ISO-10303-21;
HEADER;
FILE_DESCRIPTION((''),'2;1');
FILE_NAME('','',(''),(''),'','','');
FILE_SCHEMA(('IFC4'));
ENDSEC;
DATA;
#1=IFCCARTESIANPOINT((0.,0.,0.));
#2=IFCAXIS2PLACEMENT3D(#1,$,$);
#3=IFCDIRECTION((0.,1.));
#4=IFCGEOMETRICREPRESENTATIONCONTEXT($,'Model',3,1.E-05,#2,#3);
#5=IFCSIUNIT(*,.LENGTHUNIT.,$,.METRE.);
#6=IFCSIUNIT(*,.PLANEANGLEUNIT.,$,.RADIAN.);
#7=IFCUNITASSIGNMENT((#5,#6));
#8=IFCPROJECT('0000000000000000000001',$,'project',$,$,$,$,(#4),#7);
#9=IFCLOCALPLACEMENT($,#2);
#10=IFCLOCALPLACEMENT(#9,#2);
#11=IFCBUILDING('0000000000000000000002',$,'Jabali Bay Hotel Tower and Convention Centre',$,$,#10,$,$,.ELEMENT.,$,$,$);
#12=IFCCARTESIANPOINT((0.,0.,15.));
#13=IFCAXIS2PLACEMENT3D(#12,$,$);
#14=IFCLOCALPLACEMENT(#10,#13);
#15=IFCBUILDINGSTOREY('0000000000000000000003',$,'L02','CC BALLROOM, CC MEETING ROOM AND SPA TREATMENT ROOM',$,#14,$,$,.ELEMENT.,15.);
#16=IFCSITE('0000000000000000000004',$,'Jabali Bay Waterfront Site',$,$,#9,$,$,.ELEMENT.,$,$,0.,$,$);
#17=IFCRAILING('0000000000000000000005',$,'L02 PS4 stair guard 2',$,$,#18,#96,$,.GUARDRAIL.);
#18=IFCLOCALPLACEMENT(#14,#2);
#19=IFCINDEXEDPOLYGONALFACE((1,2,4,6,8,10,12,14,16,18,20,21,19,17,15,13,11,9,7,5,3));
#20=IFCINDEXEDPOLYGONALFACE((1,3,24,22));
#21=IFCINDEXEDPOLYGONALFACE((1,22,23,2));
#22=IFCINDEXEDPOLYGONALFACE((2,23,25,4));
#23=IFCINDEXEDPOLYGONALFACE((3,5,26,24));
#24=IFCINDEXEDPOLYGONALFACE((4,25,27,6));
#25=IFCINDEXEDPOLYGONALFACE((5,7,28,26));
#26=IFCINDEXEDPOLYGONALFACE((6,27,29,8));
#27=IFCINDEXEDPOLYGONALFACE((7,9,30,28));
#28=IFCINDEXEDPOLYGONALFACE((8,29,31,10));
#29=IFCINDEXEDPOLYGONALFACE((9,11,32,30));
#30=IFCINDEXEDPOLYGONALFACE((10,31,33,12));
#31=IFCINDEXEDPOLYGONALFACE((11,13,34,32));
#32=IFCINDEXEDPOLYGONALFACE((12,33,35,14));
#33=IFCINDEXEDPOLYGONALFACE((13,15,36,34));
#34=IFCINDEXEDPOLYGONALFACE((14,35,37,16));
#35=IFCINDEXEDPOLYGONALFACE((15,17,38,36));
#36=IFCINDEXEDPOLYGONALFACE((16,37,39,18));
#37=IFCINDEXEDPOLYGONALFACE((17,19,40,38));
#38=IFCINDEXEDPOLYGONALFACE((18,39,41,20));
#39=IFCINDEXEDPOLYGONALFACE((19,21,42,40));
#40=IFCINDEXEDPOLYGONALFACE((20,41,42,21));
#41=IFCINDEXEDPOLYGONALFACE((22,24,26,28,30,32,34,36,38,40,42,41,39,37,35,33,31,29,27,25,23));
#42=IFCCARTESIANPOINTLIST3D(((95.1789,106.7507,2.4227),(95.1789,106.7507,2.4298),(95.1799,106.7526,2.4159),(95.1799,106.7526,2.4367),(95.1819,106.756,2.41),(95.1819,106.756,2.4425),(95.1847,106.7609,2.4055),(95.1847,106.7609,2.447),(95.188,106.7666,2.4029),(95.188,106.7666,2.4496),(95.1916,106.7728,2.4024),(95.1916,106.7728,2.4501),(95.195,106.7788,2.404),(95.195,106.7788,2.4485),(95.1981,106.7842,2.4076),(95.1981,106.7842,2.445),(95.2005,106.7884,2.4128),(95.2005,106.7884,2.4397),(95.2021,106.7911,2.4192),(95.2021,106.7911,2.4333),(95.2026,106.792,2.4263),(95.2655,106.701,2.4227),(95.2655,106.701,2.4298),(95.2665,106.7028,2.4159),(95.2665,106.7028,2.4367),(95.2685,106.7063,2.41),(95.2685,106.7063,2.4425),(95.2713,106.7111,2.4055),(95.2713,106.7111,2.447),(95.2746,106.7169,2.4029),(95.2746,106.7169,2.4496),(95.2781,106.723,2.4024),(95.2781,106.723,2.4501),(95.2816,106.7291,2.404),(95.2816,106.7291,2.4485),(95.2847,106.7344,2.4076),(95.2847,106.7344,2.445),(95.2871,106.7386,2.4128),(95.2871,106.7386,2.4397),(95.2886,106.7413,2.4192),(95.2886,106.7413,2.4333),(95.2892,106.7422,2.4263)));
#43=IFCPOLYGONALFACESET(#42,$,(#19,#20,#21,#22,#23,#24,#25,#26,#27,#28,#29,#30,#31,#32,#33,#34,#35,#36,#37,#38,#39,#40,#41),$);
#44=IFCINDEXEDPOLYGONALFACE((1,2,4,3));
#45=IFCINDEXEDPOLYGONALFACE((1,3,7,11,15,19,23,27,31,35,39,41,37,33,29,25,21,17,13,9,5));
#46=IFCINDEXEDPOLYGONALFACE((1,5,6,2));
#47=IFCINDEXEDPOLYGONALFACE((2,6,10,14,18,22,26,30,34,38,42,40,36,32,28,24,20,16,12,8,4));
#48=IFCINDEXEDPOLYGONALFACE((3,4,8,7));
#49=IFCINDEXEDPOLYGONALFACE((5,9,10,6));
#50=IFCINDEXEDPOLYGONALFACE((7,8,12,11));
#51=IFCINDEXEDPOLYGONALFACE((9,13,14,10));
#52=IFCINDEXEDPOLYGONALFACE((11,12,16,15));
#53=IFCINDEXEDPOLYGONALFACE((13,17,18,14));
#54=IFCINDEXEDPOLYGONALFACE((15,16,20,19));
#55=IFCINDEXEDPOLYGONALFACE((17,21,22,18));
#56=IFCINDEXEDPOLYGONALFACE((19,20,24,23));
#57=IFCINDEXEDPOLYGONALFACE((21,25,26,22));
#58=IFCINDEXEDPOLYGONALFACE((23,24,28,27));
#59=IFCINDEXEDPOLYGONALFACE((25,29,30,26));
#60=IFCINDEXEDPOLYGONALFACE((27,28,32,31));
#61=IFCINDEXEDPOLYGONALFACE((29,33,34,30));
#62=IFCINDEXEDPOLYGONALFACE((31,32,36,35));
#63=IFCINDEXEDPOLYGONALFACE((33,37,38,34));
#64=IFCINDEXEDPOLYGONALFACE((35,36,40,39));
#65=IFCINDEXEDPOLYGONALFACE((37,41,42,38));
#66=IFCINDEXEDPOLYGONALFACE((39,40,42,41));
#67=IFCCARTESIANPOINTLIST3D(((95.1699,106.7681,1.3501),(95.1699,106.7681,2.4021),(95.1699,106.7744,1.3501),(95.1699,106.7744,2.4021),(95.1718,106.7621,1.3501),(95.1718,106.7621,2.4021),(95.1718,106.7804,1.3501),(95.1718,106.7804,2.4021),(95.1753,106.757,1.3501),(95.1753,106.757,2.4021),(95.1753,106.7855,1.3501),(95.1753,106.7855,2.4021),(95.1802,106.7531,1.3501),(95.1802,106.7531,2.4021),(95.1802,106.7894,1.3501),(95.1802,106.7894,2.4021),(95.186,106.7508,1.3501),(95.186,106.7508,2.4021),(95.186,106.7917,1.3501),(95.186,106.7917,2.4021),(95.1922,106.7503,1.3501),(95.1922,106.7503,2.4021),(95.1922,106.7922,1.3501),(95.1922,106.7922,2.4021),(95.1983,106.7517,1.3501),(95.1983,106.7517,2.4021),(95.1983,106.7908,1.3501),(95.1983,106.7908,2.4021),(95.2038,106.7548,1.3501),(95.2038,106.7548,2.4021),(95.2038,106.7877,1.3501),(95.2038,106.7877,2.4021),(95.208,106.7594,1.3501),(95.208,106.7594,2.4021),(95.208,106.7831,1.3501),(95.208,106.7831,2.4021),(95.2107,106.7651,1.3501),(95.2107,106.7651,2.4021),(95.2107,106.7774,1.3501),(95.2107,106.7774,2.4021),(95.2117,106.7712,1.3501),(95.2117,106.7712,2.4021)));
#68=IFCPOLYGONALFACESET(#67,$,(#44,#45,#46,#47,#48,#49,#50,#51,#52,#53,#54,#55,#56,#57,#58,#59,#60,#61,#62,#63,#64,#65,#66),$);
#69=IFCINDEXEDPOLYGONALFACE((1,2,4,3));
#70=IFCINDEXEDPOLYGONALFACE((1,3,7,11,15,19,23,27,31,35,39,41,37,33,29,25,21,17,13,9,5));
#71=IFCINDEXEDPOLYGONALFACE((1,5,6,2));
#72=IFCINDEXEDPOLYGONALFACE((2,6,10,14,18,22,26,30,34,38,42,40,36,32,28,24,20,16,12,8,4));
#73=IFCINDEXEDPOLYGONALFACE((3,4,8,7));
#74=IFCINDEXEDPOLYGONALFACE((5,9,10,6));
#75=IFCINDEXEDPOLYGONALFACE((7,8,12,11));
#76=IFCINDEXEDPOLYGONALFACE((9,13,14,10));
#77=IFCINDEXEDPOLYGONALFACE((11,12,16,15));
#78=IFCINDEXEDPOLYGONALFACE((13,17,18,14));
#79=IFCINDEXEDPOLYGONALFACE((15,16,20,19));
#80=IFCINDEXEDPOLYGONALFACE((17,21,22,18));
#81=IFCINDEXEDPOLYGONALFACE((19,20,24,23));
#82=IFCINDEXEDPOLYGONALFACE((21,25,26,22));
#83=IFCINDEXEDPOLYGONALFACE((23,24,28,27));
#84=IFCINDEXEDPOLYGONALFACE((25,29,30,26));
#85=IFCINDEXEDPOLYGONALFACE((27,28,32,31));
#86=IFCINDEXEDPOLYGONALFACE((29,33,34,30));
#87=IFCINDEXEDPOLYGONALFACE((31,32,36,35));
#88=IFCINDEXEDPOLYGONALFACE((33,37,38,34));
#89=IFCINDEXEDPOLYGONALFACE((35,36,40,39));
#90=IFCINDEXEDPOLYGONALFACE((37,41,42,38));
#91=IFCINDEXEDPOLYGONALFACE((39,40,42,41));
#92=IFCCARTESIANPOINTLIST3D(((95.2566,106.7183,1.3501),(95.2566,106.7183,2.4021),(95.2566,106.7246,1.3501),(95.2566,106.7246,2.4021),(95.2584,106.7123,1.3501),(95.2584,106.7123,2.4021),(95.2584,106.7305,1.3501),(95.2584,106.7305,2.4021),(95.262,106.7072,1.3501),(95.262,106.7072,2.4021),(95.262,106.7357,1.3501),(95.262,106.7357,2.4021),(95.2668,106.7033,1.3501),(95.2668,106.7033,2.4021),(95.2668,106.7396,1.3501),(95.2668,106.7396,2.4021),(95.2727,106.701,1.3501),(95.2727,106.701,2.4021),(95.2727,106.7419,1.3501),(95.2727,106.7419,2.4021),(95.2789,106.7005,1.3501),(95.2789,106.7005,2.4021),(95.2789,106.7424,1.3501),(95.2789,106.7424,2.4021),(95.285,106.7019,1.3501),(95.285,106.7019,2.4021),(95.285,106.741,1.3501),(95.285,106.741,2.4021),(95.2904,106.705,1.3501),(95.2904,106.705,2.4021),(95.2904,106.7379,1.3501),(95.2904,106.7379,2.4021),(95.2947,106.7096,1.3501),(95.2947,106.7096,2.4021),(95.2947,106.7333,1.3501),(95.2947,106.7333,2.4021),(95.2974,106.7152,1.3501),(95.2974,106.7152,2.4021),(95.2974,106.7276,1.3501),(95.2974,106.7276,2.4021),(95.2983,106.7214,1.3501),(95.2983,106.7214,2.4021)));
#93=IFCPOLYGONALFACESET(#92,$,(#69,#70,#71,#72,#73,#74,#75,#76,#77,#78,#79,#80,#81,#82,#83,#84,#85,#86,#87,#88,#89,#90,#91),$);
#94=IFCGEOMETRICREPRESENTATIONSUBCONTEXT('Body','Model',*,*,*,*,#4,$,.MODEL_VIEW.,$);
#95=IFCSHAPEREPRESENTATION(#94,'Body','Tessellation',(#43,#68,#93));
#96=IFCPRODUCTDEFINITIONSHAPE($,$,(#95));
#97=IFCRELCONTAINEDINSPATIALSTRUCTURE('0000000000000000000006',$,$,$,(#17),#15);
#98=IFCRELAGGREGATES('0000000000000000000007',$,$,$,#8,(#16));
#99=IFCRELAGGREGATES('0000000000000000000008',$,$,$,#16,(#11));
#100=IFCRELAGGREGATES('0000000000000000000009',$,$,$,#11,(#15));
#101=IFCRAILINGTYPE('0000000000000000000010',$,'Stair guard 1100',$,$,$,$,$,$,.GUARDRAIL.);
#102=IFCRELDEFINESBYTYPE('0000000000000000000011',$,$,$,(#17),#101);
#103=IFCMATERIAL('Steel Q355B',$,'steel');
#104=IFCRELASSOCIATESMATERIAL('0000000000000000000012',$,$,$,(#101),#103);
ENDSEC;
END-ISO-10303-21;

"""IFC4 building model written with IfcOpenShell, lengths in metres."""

from ifc_helpers import new_model, si_unit, direction, frame, origin, origin_2d, place, context, subcontext, project, spatial, circle, extrude, material, type_object, element, save


model = new_model("IFC4")

# Units and contexts
model_context = context("Model", 3, precision=1e-05, world=origin(), true_north=direction((0.0, 1.0)))
body_context = subcontext(model_context, "Body", "Model", "MODEL_VIEW")
ifc_project = project(units=[si_unit("LENGTHUNIT", "METRE"), si_unit("PLANEANGLEUNIT", "RADIAN")], contexts=[model_context])

# Site, building, storey
site_placement = place(None, origin())
site = spatial("IfcSite", under=ifc_project, at=site_placement, Name="Jabali Bay Waterfront Site", CompositionType="ELEMENT", RefElevation=0.0)
building_placement = place(site_placement, origin())
building = spatial("IfcBuilding", under=site, at=building_placement, Name="Jabali Bay Hotel Tower and Convention Centre", CompositionType="ELEMENT")
storey_placement = place(building_placement, frame((0.0, 0.0, 15.0)))
storey = spatial("IfcBuildingStorey", under=building, at=storey_placement, Name="L02", Description="CC BALLROOM, CC MEETING ROOM AND SPA TREATMENT ROOM", CompositionType="ELEMENT", Elevation=15.0)

# Railing
ifc_material_1 = material(Name="Steel Q355B", Category="steel")
railing_type_1 = type_object("IfcRailingType", Name="Stair guard 1100", PredefinedType="GUARDRAIL", material=ifc_material_1)
railing_1_placement = place(storey_placement, frame((95.1907, 106.7712, 1.3501)))
element("IfcRailing", 1, at=railing_1_placement, inside=storey, type_object=railing_type_1, Name="L02 PS4 stair guard 2", PredefinedType="GUARDRAIL", context=body_context, shape_type="SweptSolid", body=[
    extrude(circle(Radius=0.0239, at=origin_2d()), frame((0.0, 0.0, 1.0762), z_axis=(0.867038, -0.498242, 0.0), x_axis=(0.498242, 0.867038, 0.0)), (0.0, 0.0, 1.0), 0.0999),
    extrude(circle(Radius=0.021, at=origin_2d()), origin(), (0.0, 0.0, 1.0), 1.052),
    extrude(circle(Radius=0.021, at=origin_2d()), frame((0.0867, -0.0498, 0.0)), (0.0, 0.0, 1.0), 1.052),
])

save(model, "model.ifc")
